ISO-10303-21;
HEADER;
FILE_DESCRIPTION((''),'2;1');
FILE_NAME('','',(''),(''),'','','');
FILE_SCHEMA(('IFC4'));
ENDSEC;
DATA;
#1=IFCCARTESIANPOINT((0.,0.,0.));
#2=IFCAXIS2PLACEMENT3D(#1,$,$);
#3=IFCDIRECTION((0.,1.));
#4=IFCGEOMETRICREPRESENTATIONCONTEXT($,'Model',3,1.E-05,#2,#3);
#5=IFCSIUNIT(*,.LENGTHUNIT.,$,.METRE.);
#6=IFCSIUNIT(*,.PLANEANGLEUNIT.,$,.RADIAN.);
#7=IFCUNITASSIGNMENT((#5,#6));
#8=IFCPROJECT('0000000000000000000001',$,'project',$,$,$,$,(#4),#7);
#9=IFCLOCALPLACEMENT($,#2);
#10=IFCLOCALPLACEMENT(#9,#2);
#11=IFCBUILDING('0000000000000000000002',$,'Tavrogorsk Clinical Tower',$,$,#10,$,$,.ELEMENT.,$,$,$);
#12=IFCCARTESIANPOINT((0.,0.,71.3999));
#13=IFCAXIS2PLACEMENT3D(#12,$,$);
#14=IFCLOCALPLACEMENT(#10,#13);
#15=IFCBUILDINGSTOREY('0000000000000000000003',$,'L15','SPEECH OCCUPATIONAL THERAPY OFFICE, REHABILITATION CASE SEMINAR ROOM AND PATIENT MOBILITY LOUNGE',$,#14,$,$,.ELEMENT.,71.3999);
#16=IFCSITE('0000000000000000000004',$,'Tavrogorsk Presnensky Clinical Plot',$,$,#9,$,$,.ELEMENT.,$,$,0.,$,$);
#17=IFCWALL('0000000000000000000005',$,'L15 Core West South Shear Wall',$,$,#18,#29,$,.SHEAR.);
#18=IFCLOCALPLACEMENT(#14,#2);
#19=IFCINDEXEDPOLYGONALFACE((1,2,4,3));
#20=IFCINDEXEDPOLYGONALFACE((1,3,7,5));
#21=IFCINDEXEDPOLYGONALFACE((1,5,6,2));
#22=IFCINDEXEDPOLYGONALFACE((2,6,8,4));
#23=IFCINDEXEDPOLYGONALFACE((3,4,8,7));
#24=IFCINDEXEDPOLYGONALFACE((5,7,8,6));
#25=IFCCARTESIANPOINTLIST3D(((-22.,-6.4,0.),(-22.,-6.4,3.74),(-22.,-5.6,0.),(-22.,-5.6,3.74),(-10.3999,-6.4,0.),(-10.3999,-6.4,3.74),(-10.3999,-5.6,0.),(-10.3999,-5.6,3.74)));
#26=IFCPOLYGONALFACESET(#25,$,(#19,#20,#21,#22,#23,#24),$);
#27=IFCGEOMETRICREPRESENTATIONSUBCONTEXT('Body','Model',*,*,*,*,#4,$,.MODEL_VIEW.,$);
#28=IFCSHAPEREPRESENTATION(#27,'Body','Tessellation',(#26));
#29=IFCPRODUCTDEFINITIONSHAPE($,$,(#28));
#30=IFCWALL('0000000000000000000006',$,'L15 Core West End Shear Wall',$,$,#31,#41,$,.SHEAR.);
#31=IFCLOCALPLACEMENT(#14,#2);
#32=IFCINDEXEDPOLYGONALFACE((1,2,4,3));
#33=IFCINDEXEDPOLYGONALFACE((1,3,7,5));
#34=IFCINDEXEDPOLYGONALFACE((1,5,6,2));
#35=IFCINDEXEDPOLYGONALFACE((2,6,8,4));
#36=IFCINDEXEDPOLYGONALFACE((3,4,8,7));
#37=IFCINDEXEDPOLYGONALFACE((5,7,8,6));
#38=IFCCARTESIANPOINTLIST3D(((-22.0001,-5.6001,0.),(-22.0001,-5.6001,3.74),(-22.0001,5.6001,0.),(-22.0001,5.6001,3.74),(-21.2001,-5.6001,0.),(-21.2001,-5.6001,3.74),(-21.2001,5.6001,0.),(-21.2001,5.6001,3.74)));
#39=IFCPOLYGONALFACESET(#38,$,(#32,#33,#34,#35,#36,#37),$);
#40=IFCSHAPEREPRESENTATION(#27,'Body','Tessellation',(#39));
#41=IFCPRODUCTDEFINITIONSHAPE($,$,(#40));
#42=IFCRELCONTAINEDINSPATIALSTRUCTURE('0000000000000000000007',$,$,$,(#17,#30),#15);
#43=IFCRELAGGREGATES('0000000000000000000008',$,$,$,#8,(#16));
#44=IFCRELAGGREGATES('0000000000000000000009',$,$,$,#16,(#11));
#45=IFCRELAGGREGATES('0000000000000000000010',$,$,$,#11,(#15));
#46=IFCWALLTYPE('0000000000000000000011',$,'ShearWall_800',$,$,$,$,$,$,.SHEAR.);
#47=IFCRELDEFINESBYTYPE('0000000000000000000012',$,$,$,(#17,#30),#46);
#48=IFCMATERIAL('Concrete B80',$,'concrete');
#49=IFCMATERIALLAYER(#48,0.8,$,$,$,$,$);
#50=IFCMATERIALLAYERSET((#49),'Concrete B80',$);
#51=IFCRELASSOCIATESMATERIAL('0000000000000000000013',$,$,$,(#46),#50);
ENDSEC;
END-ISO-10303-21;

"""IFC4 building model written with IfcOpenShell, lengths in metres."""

from ifc_helpers import new_model, si_unit, direction, frame, frame_2d, origin, place, context, subcontext, project, spatial, rectangle, extrude, material, layer, layer_set, type_object, element, save


model = new_model("IFC4")

# Units and contexts
model_context = context("Model", 3, precision=1e-05, world=origin(), true_north=direction((0.0, 1.0)))
body_context = subcontext(model_context, "Body", "Model", "MODEL_VIEW")
ifc_project = project(units=[si_unit("LENGTHUNIT", "METRE"), si_unit("PLANEANGLEUNIT", "RADIAN")], contexts=[model_context])

# Site, building, storey
site_placement = place(None, origin())
site = spatial("IfcSite", under=ifc_project, at=site_placement, Name="Tavrogorsk Presnensky Clinical Plot", CompositionType="ELEMENT", RefElevation=0.0)
building_placement = place(site_placement, origin())
building = spatial("IfcBuilding", under=site, at=building_placement, Name="Tavrogorsk Clinical Tower", CompositionType="ELEMENT")
storey_placement = place(building_placement, frame((0.0, 0.0, 71.3999)))
storey = spatial("IfcBuildingStorey", under=building, at=storey_placement, Name="L15", Description="SPEECH OCCUPATIONAL THERAPY OFFICE, REHABILITATION CASE SEMINAR ROOM AND PATIENT MOBILITY LOUNGE", CompositionType="ELEMENT", Elevation=71.3999)

# Walls
ifc_material_1 = material(Name="Concrete B80", Category="concrete")
ifc_layer_1 = layer(ifc_material_1, 0.8)
ifc_layer_set_1 = layer_set([ifc_layer_1], Name="Concrete B80")
wall_type_1 = type_object("IfcWallType", Name="ShearWall_800", PredefinedType="SHEAR", material=ifc_layer_set_1)
wall_1_placement = place(storey_placement, frame((-22.0, -6.0, 0.0), z_axis=(0.0, 0.0, 1.0), x_axis=(1.0, 0.0, 0.0)))
element("IfcWall", 1, at=wall_1_placement, inside=storey, type_object=wall_type_1, Name="L15 Core West South Shear Wall", PredefinedType="SHEAR", context=body_context, shape_type="SweptSolid", body=[
    extrude(rectangle(XDim=11.6001, YDim=0.8, at=frame_2d((5.8, 0.0))), origin(), (0.0, 0.0, 1.0), 3.74),
])
wall_2_placement = place(storey_placement, frame((-21.6001, -5.6001, 0.0), z_axis=(0.0, 0.0, 1.0), x_axis=(0.0, 1.0, 0.0)))
element("IfcWall", 2, at=wall_2_placement, inside=storey, type_object=wall_type_1, Name="L15 Core West End Shear Wall", PredefinedType="SHEAR", context=body_context, shape_type="SweptSolid", body=[
    extrude(rectangle(XDim=11.2002, YDim=0.8, at=frame_2d((5.6001, 0.0))), origin(), (0.0, 0.0, 1.0), 3.74),
])

save(model, "model.ifc")
